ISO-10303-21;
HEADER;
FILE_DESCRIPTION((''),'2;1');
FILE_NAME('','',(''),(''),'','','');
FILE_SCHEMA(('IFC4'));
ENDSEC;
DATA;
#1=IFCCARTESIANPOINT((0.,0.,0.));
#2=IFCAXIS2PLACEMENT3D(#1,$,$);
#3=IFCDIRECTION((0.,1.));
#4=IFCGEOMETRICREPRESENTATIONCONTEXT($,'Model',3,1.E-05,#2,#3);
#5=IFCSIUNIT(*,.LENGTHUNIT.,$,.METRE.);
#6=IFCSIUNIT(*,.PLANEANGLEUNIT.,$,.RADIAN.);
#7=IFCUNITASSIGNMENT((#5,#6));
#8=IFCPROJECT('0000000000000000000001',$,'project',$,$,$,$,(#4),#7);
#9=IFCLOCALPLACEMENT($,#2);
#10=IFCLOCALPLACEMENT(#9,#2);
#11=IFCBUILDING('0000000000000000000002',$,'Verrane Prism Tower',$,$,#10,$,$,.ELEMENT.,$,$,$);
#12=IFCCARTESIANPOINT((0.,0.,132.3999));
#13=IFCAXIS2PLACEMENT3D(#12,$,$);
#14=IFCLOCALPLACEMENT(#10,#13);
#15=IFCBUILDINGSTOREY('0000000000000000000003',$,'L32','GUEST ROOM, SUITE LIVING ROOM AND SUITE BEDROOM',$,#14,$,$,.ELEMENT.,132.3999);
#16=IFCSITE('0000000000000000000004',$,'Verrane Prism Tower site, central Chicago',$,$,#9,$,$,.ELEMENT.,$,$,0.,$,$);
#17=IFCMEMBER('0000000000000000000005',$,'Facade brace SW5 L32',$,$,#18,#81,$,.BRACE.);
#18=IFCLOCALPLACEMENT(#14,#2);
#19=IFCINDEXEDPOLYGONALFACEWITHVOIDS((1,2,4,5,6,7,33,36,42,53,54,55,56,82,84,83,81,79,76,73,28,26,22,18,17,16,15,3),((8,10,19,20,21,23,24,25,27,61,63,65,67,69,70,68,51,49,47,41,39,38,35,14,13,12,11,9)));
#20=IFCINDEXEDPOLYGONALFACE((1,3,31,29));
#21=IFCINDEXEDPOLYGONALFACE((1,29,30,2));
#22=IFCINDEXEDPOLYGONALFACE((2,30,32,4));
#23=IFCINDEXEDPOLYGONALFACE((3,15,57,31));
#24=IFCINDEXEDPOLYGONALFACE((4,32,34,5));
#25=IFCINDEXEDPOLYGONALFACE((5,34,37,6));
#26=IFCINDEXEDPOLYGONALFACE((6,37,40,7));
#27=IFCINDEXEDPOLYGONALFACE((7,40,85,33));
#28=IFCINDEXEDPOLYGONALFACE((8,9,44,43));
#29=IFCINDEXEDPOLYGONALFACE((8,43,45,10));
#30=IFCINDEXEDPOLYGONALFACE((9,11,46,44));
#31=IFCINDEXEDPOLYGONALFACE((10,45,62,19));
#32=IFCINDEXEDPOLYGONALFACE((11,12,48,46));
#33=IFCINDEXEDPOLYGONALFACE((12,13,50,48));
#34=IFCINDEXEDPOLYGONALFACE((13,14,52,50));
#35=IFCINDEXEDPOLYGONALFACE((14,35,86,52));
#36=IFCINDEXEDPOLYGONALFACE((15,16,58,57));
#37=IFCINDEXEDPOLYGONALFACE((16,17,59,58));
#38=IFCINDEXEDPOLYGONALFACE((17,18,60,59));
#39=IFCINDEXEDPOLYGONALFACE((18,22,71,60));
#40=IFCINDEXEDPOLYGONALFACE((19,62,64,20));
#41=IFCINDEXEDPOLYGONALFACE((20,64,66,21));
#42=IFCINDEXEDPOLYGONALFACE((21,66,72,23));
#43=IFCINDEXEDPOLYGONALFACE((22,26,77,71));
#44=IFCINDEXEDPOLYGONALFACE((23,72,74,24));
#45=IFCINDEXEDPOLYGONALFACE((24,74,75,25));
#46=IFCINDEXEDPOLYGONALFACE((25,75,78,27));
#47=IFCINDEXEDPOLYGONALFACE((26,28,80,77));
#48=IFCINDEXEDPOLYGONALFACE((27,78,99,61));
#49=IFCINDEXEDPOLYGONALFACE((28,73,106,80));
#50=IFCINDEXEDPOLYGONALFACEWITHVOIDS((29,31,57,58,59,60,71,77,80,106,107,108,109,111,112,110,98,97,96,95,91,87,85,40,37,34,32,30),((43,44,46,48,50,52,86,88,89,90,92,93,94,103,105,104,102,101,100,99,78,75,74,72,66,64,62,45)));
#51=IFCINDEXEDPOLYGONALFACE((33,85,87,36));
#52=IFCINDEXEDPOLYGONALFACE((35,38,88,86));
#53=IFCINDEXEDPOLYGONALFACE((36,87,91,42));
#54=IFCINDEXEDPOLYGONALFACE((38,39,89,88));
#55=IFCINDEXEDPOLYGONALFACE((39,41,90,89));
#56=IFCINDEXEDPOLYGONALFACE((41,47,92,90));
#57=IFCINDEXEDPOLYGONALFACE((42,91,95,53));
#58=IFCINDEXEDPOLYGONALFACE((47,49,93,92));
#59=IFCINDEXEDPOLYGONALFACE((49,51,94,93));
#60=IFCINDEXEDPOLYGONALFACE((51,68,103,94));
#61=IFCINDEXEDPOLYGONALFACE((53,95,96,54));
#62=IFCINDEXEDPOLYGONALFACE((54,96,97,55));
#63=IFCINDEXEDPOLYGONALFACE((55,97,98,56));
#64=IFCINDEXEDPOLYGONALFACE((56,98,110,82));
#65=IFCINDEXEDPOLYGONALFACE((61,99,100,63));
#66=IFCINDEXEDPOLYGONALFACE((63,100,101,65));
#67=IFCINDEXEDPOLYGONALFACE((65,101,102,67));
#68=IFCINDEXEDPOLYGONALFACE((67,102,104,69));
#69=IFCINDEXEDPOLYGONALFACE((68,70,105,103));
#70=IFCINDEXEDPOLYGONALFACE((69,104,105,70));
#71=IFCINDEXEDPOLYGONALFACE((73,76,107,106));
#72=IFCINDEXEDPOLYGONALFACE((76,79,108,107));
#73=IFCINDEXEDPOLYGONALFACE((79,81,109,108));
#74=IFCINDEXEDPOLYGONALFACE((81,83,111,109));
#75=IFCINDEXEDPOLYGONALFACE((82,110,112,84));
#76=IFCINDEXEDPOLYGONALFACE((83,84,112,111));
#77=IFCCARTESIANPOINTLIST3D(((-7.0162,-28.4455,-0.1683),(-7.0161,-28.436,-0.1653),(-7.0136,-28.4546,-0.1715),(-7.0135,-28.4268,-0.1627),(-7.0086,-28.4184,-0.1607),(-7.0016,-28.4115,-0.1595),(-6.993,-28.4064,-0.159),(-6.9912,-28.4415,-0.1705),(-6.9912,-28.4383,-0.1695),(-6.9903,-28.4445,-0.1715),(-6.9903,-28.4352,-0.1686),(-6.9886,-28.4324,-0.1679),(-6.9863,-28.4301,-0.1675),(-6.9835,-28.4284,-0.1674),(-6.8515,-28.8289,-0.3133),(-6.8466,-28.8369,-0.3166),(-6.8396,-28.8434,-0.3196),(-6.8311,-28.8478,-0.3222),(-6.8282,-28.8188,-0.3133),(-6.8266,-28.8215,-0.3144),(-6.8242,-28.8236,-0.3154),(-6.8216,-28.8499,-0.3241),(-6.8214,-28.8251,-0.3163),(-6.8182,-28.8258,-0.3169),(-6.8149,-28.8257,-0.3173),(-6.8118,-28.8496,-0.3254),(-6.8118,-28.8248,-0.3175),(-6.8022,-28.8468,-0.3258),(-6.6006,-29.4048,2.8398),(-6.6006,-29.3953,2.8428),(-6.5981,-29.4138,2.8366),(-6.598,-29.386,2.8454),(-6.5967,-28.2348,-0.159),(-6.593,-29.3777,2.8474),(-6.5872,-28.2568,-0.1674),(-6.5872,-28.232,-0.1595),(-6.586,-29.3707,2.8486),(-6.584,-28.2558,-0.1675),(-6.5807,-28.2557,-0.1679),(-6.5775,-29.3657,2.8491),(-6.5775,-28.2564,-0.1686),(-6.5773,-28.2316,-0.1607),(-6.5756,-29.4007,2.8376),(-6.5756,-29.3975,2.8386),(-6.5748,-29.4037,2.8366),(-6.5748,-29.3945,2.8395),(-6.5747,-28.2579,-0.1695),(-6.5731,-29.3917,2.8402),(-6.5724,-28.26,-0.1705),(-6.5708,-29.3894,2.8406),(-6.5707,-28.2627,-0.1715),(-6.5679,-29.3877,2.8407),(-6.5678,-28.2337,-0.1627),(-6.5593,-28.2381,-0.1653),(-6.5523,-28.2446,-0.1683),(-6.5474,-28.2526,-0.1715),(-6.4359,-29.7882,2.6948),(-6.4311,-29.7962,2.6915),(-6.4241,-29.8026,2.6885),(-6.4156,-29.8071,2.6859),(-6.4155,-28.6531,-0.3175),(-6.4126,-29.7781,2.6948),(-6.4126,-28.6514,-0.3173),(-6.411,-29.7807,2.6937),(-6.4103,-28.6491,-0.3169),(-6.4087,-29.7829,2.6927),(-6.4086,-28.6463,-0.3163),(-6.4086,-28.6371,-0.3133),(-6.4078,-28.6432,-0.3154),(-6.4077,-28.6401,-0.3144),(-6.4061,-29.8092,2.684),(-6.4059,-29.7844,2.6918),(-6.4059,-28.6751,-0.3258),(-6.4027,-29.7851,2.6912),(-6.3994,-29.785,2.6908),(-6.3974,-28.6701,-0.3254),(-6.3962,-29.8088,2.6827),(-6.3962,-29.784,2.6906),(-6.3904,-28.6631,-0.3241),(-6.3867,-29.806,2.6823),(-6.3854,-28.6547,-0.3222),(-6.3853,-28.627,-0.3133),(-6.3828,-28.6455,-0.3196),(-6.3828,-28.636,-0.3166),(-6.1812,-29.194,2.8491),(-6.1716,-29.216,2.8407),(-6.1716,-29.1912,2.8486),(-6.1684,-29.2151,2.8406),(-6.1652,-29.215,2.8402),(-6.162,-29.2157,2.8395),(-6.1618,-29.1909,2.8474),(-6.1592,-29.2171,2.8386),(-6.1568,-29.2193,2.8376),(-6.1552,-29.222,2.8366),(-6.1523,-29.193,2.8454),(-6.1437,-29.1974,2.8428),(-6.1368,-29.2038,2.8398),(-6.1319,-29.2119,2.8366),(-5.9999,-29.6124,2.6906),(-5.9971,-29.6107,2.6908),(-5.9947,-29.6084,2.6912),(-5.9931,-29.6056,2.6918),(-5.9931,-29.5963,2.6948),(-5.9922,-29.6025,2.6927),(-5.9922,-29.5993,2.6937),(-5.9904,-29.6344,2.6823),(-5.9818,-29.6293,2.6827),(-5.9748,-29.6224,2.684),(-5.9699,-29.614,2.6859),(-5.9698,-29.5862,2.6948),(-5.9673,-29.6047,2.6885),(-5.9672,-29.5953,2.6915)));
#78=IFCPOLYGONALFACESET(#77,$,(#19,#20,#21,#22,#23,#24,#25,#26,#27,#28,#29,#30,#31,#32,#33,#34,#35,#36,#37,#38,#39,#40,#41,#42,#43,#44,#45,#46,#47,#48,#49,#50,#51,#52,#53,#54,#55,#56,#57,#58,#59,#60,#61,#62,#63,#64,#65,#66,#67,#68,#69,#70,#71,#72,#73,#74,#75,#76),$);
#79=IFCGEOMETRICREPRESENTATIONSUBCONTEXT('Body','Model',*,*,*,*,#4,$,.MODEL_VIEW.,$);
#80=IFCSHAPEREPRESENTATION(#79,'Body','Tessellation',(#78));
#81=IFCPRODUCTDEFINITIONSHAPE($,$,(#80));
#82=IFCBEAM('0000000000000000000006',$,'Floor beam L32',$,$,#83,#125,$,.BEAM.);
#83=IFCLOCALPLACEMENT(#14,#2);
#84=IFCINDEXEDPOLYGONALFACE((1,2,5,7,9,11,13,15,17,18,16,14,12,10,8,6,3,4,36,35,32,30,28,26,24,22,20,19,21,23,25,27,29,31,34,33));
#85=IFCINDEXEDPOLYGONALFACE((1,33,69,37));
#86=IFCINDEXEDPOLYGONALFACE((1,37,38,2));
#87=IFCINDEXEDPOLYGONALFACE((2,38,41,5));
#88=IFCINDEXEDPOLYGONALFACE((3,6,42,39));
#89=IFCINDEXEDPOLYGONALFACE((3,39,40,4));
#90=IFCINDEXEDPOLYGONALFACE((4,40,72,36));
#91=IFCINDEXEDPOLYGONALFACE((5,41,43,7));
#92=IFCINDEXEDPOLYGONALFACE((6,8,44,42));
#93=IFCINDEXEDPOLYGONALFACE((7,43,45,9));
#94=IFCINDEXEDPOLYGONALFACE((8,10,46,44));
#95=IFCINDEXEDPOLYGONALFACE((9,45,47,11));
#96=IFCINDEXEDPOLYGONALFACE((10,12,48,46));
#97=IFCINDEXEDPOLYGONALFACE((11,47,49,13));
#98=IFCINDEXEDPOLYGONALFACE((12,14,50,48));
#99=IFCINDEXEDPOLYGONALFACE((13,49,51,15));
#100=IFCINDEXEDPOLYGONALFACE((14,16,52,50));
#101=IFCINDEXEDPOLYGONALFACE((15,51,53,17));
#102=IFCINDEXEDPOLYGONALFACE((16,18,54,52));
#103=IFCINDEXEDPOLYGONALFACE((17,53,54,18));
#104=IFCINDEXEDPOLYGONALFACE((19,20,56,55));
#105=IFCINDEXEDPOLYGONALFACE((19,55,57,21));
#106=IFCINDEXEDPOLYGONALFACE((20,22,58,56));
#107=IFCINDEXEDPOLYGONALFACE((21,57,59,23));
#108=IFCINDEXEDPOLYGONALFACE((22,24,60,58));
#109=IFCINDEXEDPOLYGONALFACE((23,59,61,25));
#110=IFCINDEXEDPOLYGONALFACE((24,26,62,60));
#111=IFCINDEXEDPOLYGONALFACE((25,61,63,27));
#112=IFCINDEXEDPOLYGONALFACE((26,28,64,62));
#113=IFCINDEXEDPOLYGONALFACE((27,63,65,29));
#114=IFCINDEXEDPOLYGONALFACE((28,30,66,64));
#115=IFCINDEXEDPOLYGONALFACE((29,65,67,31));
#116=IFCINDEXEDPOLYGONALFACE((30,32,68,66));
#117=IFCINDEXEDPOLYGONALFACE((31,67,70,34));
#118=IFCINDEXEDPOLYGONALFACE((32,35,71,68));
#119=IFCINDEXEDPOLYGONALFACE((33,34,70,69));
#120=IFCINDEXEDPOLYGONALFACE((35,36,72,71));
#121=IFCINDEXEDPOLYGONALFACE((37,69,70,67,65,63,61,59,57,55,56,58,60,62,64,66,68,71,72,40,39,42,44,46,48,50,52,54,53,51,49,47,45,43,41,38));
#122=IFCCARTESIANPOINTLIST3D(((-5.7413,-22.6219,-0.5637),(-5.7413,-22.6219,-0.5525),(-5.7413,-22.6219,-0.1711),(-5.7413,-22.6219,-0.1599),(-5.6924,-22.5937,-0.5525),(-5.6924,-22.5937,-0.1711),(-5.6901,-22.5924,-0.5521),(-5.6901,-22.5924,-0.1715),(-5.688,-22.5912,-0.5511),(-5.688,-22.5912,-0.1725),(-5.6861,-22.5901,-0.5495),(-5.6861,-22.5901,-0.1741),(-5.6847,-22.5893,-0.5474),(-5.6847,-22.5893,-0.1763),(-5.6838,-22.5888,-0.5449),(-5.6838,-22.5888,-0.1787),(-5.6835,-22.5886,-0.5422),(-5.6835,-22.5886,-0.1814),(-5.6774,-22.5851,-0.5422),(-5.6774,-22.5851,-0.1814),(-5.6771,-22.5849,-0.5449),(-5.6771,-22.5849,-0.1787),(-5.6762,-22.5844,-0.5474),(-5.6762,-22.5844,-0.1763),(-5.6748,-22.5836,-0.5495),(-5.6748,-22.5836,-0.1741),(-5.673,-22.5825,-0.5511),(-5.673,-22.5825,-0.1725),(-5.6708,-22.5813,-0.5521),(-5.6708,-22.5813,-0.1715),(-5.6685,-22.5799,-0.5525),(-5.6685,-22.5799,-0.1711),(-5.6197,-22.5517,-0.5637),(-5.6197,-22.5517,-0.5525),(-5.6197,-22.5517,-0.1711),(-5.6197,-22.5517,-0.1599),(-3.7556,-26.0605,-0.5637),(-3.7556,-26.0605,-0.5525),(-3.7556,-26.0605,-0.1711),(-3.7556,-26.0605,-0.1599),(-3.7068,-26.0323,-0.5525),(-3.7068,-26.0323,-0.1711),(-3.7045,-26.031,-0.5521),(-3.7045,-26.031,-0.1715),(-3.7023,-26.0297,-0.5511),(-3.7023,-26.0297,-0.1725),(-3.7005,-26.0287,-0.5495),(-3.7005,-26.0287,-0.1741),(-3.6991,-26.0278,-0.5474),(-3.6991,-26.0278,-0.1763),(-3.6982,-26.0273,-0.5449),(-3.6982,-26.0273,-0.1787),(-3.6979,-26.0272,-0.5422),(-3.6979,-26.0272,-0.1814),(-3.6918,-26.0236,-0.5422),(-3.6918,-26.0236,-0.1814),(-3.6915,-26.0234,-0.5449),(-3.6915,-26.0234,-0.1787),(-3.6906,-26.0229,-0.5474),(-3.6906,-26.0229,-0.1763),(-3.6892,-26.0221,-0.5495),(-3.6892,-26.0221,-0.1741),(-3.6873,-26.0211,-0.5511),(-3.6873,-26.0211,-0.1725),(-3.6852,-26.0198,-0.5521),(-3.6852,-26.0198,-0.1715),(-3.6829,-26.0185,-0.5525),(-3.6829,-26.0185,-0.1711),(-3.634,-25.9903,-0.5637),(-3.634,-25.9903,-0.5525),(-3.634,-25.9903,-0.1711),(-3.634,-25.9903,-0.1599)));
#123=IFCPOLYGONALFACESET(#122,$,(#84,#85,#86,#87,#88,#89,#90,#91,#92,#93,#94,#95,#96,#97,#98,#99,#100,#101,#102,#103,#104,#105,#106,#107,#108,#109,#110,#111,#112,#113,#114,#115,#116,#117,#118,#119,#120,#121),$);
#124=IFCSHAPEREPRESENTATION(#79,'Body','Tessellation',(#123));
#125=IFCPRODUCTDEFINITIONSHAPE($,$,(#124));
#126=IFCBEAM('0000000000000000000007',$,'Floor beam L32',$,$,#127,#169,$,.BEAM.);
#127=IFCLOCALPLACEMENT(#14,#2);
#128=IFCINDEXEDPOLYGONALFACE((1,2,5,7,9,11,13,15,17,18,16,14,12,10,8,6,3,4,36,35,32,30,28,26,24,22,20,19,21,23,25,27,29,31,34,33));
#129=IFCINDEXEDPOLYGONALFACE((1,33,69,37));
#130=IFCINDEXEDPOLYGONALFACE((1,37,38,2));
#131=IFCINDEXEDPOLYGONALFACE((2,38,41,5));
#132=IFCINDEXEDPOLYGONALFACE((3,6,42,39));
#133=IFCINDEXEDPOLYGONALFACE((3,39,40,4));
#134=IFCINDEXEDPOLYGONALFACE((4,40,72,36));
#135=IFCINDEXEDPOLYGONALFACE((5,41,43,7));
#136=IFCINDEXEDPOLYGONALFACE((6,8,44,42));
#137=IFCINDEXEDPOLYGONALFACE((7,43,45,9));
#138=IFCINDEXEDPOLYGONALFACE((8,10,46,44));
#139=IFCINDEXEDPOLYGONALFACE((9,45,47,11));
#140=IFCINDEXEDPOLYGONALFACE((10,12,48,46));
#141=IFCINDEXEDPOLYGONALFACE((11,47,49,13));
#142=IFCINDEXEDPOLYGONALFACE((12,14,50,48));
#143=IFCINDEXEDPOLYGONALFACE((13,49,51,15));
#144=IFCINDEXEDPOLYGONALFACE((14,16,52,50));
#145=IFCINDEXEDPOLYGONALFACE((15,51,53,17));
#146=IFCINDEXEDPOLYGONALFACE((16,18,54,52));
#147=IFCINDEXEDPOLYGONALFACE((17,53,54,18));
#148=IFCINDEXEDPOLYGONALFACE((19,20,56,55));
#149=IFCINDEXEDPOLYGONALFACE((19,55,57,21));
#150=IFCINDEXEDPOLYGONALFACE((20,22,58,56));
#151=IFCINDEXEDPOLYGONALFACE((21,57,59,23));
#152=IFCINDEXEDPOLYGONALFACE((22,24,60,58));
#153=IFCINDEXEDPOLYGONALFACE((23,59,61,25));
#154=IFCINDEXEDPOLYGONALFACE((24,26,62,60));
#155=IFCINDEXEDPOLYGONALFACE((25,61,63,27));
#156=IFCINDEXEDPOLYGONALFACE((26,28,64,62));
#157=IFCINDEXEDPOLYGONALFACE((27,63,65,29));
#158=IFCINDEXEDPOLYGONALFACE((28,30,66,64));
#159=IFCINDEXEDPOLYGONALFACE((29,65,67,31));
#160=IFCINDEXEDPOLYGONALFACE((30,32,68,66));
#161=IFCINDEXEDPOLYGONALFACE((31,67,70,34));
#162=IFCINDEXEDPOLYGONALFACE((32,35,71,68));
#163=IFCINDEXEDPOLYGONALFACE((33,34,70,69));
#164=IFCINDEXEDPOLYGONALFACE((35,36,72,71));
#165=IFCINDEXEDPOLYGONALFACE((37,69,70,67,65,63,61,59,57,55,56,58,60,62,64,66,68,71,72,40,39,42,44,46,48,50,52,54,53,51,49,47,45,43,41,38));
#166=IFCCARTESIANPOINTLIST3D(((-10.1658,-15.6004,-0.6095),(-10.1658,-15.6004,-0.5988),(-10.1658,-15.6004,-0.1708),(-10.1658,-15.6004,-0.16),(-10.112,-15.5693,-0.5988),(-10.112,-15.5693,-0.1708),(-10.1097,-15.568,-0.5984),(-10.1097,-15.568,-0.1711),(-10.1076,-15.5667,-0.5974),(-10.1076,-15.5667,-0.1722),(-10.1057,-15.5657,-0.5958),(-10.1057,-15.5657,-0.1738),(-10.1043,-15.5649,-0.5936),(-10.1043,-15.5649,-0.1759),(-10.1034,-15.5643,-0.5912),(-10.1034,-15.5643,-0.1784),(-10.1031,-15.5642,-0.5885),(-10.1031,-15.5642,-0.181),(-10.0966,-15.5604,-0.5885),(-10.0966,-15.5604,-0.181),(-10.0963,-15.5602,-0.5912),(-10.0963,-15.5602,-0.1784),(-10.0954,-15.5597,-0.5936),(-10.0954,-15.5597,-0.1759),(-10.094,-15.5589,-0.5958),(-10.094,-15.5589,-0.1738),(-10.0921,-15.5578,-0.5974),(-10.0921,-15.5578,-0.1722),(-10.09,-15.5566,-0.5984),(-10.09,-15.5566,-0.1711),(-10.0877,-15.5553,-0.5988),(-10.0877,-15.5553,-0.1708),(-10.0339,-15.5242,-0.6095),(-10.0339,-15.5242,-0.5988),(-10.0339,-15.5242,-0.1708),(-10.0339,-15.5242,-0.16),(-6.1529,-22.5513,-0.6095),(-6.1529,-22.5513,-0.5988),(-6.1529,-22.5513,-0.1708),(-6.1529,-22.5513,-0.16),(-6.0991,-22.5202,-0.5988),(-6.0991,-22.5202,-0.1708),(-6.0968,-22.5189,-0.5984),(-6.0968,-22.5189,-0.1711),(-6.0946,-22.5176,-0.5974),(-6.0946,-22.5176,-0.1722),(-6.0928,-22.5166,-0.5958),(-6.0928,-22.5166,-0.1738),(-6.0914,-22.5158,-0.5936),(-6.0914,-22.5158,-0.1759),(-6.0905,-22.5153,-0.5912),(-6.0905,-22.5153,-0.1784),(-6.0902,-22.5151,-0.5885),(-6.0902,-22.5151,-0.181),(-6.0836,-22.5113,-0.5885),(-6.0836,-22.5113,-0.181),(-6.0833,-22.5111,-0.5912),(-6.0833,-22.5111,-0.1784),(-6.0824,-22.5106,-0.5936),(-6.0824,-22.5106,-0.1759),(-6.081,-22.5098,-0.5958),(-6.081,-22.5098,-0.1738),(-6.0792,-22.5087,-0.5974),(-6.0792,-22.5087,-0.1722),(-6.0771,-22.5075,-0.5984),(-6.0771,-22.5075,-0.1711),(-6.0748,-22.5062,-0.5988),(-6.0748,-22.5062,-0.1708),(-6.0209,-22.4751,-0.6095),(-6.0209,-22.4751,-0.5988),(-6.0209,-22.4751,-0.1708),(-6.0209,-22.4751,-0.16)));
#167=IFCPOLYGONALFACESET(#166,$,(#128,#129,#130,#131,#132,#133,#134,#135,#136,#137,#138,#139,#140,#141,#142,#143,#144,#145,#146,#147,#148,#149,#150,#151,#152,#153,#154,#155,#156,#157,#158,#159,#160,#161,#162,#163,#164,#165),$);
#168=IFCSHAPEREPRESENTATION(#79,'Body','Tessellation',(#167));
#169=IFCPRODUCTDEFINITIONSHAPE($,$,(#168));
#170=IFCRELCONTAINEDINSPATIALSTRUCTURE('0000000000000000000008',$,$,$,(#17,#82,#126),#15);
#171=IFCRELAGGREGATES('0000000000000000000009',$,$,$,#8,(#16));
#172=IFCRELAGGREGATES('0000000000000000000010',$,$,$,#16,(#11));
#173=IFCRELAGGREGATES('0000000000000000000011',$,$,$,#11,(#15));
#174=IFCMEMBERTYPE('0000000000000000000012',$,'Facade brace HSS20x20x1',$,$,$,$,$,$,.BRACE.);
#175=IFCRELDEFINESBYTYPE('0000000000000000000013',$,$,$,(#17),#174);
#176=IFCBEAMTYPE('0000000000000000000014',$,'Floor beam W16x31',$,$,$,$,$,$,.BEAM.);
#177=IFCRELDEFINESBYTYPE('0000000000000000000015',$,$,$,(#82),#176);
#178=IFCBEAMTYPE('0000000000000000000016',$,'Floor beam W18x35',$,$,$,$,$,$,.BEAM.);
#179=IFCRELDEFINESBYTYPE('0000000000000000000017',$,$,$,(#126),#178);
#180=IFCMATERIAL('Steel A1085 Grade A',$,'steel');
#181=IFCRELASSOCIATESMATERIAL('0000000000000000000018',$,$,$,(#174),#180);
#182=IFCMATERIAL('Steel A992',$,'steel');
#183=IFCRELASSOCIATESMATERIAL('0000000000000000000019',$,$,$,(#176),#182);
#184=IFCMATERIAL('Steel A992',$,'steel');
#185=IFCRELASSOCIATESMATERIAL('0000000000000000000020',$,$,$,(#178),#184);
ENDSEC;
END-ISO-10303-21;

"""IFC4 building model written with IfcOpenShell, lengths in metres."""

from ifc_helpers import new_model, si_unit, direction, frame, origin, origin_2d, place, context, subcontext, project, spatial, hollow_rectangle, i_section, extrude, material, material_profile, profile_set, type_object, element, save


model = new_model("IFC4")

# Units and contexts
model_context = context("Model", 3, precision=1e-05, world=origin(), true_north=direction((0.0, 1.0)))
body_context = subcontext(model_context, "Body", "Model", "MODEL_VIEW")
ifc_project = project(units=[si_unit("LENGTHUNIT", "METRE"), si_unit("PLANEANGLEUNIT", "RADIAN")], contexts=[model_context])

# Site, building, storey
site_placement = place(None, origin())
site = spatial("IfcSite", under=ifc_project, at=site_placement, Name="Verrane Prism Tower site, central Chicago", CompositionType="ELEMENT", RefElevation=0.0)
building_placement = place(site_placement, origin())
building = spatial("IfcBuilding", under=site, at=building_placement, Name="Verrane Prism Tower", CompositionType="ELEMENT")
storey_placement = place(building_placement, frame((0.0, 0.0, 132.3999)))
storey = spatial("IfcBuildingStorey", under=building, at=storey_placement, Name="L32", Description="GUEST ROOM, SUITE LIVING ROOM AND SUITE BEDROOM", CompositionType="ELEMENT", Elevation=132.3999)

# Member
ifc_material_1 = material(Name="Steel A1085 Grade A", Category="steel")
ifc_material_profile_1 = material_profile(ifc_material_1, hollow_rectangle(XDim=0.5081, YDim=0.5081, WallThickness=0.0254, InnerFilletRadius=0.0127, OuterFilletRadius=0.0381, at=origin_2d()), Name="HSS20x20x1")
ifc_profile_set_1 = profile_set([ifc_material_profile_1], Name="Steel A1085 Grade A")
member_type_1 = type_object("IfcMemberType", Name="Facade brace HSS20x20x1", PredefinedType="BRACE", material=ifc_profile_set_1)
member_1_placement = place(storey_placement, frame((-6.6995, -28.5408, -0.2424), z_axis=(0.130483, -0.301216, 0.944586), x_axis=(0.917604, 0.397496, 0.0)))
element("IfcMember", 1, at=member_1_placement, inside=storey, type_object=member_type_1, Name="Facade brace SW5 L32", PredefinedType="BRACE", context=body_context, shape_type="SweptSolid", body=[
    extrude(hollow_rectangle(XDim=0.5081, YDim=0.5081, WallThickness=0.0254, InnerFilletRadius=0.0127, OuterFilletRadius=0.0381, at=origin_2d()), origin(), (0.0, 0.0, 1.0), 3.1846),
])

# Beams
ifc_material_2 = material(Name="Steel A992", Category="steel")
ifc_material_profile_2 = material_profile(ifc_material_2, i_section(OverallWidth=0.1404, OverallDepth=0.4038, WebThickness=0.0071, FlangeThickness=0.0112, FilletRadius=0.0103, at=origin_2d()), Name="W16x31")
ifc_profile_set_2 = profile_set([ifc_material_profile_2], Name="Steel A992")
beam_type_1 = type_object("IfcBeamType", Name="Floor beam W16x31", PredefinedType="BEAM", material=ifc_profile_set_2)
beam_1_placement = place(storey_placement, frame((-3.6948, -26.0254, -0.3618), z_axis=(-0.500074, 0.865983, 0.0), x_axis=(-0.865983, -0.500074, 0.0)))
element("IfcBeam", 2, at=beam_1_placement, inside=storey, type_object=beam_type_1, Name="Floor beam L32", PredefinedType="BEAM", context=body_context, shape_type="SweptSolid", body=[
    extrude(i_section(OverallWidth=0.1404, OverallDepth=0.4038, WebThickness=0.0071, FlangeThickness=0.0112, FilletRadius=0.0103, at=origin_2d()), origin(), (0.0, 0.0, 1.0), 3.9707),
])
ifc_material_3 = material(Name="Steel A992", Category="steel")
ifc_material_profile_3 = material_profile(ifc_material_3, i_section(OverallWidth=0.1523, OverallDepth=0.4495, WebThickness=0.0076, FlangeThickness=0.0107, FilletRadius=0.0103, at=origin_2d()), Name="W18x35")
ifc_profile_set_3 = profile_set([ifc_material_profile_3], Name="Steel A992")
beam_type_2 = type_object("IfcBeamType", Name="Floor beam W18x35", PredefinedType="BEAM", material=ifc_profile_set_3)
beam_2_placement = place(storey_placement, frame((-6.0869, -22.5132, -0.3848), z_axis=(-0.499983, 0.866035, 0.0), x_axis=(-0.866035, -0.499983, 0.0)))
element("IfcBeam", 3, at=beam_2_placement, inside=storey, type_object=beam_type_2, Name="Floor beam L32", PredefinedType="BEAM", context=body_context, shape_type="SweptSolid", body=[
    extrude(i_section(OverallWidth=0.1523, OverallDepth=0.4495, WebThickness=0.0076, FlangeThickness=0.0107, FilletRadius=0.0103, at=origin_2d()), origin(), (0.0, 0.0, 1.0), 8.0261),
])

save(model, "model.ifc")
